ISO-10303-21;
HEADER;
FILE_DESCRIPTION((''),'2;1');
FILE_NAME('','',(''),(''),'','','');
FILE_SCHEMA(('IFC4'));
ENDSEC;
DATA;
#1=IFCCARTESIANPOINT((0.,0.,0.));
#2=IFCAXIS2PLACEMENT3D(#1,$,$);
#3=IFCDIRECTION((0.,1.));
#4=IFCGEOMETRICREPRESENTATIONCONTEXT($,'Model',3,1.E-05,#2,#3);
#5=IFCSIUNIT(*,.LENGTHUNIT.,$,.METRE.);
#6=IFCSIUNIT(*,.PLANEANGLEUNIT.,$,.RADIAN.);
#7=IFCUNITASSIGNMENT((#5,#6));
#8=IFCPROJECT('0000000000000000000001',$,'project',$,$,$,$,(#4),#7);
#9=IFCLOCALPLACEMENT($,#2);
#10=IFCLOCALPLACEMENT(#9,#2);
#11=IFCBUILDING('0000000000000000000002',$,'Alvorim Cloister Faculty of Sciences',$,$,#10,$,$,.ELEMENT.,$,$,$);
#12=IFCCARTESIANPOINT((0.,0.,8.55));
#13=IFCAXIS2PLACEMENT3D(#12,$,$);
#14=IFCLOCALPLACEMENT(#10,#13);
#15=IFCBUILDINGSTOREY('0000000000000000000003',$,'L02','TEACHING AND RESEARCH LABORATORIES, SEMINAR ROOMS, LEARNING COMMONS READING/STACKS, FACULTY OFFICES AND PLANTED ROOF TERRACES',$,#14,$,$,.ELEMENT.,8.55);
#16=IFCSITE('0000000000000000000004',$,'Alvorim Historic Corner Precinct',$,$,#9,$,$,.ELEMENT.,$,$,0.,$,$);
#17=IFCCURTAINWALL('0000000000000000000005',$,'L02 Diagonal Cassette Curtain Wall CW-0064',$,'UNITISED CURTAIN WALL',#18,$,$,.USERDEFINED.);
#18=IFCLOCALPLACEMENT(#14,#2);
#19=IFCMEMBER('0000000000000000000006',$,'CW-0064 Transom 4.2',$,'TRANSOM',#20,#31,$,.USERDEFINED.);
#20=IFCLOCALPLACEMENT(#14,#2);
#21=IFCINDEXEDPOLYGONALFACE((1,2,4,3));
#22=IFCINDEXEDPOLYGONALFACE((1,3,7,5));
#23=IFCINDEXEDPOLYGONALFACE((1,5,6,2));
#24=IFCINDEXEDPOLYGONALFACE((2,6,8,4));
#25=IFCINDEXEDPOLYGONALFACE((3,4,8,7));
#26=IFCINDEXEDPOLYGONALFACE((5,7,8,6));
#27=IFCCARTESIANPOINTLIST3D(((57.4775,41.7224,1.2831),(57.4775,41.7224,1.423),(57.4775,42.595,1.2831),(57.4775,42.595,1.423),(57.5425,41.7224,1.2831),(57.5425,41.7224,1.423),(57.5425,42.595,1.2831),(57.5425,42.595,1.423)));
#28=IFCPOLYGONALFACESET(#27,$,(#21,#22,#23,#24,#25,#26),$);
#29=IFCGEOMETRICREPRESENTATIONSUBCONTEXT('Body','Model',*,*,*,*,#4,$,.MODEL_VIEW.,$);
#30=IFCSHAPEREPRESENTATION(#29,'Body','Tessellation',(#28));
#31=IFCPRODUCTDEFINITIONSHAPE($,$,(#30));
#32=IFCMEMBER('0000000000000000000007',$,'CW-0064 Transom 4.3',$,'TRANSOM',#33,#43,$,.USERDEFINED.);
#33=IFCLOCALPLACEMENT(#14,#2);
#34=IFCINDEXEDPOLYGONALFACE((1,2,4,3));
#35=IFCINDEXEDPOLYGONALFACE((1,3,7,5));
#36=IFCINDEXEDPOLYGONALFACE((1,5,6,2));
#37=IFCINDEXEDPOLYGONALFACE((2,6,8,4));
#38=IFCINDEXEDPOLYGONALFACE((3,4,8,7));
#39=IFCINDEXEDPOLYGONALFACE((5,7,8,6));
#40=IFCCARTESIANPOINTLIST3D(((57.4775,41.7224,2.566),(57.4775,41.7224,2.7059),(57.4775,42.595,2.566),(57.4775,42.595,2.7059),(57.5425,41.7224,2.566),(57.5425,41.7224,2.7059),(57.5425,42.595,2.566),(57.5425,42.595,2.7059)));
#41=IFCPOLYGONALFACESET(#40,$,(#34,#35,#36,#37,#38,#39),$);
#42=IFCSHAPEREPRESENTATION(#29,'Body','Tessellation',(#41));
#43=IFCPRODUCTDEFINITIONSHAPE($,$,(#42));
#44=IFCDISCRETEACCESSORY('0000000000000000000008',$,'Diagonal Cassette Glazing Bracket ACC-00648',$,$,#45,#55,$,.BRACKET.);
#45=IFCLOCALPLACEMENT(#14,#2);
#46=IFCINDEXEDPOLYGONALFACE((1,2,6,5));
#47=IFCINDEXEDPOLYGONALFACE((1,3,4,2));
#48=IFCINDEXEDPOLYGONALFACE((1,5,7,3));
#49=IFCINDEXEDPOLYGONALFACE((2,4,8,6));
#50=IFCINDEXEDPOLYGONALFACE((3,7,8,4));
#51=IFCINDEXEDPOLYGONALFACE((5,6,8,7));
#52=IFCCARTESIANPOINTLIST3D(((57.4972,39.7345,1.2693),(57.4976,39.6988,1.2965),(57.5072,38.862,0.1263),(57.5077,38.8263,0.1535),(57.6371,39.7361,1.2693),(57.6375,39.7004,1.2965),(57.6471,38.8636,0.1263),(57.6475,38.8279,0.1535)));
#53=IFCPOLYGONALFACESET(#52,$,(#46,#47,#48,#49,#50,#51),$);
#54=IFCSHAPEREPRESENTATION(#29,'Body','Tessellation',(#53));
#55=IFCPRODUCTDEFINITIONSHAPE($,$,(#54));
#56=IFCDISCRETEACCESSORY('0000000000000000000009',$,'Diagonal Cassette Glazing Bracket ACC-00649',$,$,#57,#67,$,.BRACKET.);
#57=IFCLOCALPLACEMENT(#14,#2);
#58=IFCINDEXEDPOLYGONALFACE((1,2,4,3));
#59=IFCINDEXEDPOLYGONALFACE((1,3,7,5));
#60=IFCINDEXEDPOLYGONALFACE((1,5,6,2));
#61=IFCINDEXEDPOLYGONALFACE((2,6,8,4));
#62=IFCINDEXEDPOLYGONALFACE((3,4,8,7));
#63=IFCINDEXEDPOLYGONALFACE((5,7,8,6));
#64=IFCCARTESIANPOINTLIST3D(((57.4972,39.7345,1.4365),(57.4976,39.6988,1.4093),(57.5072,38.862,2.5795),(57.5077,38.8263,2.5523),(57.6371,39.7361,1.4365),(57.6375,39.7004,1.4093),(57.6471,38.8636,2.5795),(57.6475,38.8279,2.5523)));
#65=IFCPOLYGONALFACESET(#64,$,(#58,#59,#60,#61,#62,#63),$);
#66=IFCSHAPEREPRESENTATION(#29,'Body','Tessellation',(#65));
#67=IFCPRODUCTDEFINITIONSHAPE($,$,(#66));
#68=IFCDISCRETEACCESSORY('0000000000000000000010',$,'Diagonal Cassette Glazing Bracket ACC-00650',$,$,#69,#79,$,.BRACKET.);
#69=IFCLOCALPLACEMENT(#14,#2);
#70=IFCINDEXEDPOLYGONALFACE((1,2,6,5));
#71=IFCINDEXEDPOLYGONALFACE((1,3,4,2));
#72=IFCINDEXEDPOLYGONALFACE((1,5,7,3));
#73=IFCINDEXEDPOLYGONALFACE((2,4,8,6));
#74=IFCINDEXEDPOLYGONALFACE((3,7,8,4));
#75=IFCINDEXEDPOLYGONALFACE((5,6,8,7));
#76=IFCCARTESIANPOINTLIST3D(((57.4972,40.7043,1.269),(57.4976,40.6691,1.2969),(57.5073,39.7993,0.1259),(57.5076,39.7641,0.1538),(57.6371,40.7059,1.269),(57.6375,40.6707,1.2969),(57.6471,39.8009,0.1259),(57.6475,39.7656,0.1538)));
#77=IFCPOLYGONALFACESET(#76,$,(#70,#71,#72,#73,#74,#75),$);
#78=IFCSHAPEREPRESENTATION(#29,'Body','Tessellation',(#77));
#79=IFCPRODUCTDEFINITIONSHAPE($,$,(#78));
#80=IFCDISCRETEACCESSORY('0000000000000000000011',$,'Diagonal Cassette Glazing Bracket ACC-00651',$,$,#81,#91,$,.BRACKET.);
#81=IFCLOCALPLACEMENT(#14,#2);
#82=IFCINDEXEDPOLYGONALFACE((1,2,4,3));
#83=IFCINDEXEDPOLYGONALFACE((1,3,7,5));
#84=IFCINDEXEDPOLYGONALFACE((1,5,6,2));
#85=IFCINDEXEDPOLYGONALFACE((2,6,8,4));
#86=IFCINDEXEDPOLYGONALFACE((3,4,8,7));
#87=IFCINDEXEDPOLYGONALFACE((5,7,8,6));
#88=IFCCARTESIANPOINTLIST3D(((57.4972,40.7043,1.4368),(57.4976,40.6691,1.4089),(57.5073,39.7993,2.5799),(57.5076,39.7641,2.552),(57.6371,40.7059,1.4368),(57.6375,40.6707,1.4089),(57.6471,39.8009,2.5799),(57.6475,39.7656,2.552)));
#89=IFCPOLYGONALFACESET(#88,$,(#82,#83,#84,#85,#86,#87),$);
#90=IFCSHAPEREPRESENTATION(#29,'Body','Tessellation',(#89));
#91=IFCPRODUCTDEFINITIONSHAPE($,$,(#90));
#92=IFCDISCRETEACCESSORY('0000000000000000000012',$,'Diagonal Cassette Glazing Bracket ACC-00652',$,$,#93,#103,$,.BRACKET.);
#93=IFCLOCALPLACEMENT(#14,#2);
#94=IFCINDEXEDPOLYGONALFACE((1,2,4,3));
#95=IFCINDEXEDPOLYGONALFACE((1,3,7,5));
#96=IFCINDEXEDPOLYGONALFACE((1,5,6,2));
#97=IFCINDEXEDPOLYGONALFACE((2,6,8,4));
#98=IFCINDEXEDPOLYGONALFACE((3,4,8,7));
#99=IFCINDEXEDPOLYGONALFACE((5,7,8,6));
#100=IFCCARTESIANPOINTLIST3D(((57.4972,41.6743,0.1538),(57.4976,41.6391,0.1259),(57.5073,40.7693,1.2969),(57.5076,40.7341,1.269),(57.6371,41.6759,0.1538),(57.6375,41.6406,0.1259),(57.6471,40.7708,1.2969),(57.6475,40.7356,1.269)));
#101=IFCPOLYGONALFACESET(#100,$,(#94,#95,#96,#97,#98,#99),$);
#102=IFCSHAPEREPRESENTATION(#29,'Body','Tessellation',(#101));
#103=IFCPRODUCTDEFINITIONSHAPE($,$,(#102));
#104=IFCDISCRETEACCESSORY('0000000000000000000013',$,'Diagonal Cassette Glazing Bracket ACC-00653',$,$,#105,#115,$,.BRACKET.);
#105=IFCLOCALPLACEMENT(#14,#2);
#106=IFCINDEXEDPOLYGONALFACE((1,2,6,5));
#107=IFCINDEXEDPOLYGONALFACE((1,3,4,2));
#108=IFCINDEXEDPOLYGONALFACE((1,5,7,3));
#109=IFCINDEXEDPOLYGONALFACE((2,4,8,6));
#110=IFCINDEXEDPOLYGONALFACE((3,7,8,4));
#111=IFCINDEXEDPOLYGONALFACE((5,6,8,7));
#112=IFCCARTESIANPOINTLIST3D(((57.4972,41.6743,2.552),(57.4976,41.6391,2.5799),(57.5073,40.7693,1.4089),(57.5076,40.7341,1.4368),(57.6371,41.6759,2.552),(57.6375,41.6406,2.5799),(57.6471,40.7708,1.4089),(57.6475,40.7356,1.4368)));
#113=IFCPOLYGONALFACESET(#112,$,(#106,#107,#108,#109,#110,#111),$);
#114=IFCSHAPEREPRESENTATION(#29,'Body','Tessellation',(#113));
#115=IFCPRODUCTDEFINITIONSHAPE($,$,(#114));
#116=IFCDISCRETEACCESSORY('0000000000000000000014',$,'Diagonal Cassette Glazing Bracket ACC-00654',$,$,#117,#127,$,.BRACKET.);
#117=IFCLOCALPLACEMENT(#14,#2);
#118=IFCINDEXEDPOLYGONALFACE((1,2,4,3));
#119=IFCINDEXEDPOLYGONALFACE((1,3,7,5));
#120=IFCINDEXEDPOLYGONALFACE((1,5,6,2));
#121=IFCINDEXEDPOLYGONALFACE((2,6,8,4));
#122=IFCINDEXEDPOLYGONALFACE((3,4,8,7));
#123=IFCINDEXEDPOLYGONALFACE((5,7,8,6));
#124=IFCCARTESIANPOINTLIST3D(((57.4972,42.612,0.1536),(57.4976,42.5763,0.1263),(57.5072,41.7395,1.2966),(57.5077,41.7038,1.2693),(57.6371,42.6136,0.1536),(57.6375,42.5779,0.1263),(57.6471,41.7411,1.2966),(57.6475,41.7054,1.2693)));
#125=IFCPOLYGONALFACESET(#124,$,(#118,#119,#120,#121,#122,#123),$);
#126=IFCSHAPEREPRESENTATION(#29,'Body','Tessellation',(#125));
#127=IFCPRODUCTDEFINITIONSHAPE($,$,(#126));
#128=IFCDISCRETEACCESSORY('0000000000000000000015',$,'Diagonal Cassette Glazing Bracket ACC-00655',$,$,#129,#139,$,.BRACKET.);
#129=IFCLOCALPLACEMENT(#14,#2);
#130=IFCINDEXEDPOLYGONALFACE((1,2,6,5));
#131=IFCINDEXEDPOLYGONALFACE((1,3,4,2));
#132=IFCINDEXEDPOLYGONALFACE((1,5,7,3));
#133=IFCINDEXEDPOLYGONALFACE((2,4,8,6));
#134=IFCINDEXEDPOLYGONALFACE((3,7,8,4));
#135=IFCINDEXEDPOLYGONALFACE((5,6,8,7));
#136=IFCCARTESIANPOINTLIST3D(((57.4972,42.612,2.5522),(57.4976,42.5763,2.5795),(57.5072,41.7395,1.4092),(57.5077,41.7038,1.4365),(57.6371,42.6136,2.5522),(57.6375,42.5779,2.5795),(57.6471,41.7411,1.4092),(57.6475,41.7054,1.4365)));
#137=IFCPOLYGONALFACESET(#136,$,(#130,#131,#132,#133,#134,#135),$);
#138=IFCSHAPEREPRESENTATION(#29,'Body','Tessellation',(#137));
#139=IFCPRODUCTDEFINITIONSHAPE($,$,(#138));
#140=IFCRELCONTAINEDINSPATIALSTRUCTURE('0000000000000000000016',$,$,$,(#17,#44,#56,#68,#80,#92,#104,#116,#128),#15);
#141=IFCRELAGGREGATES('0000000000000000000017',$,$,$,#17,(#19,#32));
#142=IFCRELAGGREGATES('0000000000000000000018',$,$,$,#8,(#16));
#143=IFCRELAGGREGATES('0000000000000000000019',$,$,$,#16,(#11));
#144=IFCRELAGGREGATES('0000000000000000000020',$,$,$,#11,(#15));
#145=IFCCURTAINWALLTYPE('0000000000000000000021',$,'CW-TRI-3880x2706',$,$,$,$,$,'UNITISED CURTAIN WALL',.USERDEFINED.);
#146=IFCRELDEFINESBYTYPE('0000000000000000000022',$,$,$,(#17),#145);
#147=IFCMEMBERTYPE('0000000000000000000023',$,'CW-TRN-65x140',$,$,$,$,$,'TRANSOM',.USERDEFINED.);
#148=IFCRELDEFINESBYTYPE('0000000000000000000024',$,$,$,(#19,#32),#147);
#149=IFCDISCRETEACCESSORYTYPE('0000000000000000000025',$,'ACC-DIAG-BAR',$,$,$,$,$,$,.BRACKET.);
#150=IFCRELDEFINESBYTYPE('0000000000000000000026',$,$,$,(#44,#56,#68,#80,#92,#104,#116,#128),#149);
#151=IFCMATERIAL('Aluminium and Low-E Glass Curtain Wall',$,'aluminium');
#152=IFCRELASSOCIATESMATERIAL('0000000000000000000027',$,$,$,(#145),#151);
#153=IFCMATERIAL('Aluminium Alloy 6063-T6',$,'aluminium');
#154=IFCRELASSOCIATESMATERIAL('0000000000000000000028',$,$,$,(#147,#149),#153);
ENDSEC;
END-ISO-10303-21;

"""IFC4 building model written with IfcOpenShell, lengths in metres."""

from ifc_helpers import new_model, si_unit, direction, frame, origin, origin_2d, place, context, subcontext, project, spatial, rectangle, extrude, material, material_profile, profile_set, type_object, element, aggregate, save


model = new_model("IFC4")

# Units and contexts
model_context = context("Model", 3, precision=1e-05, world=origin(), true_north=direction((0.0, 1.0)))
body_context = subcontext(model_context, "Body", "Model", "MODEL_VIEW")
ifc_project = project(units=[si_unit("LENGTHUNIT", "METRE"), si_unit("PLANEANGLEUNIT", "RADIAN")], contexts=[model_context])

# Site, building, storey
site_placement = place(None, origin())
site = spatial("IfcSite", under=ifc_project, at=site_placement, Name="Alvorim Historic Corner Precinct", CompositionType="ELEMENT", RefElevation=0.0)
building_placement = place(site_placement, origin())
building = spatial("IfcBuilding", under=site, at=building_placement, Name="Alvorim Cloister Faculty of Sciences", CompositionType="ELEMENT")
storey_placement = place(building_placement, frame((0.0, 0.0, 8.55)))
storey = spatial("IfcBuildingStorey", under=building, at=storey_placement, Name="L02", Description="TEACHING AND RESEARCH LABORATORIES, SEMINAR ROOMS, LEARNING COMMONS READING/STACKS, FACULTY OFFICES AND PLANTED ROOF TERRACES", CompositionType="ELEMENT", Elevation=8.55)

# Curtain wall, members
ifc_material_1 = material(Name="Aluminium and Low-E Glass Curtain Wall", Category="aluminium")
curtain_wall_type = type_object("IfcCurtainWallType", Name="CW-TRI-3880x2706", ElementType="UNITISED CURTAIN WALL", PredefinedType="USERDEFINED", material=ifc_material_1)
curtain_wall_placement = place(storey_placement, origin())
curtain_wall = element("IfcCurtainWall", 1, at=curtain_wall_placement, inside=storey, type_object=curtain_wall_type, Name="L02 Diagonal Cassette Curtain Wall CW-0064", ObjectType="UNITISED CURTAIN WALL", PredefinedType="USERDEFINED")
ifc_material_2 = material(Name="Aluminium Alloy 6063-T6", Category="aluminium")
ifc_material_profile_1 = material_profile(ifc_material_2, rectangle(XDim=0.0649, YDim=0.1399, at=origin_2d()), Name="ALU-TRN-65x140")
ifc_profile_set_1 = profile_set([ifc_material_profile_1], Name="Aluminium Alloy 6063-T6")
member_type_1 = type_object("IfcMemberType", Name="CW-TRN-65x140", ElementType="TRANSOM", PredefinedType="USERDEFINED", material=ifc_profile_set_1)
member_1_placement = place(storey_placement, frame((57.51, 41.7224, 1.353), z_axis=(0.0, 1.0, 0.0), x_axis=(-1.0, 0.0, 0.0)))
member_1 = element("IfcMember", 2, at=member_1_placement, type_object=member_type_1, Name="CW-0064 Transom 4.2", ObjectType="TRANSOM", PredefinedType="USERDEFINED", context=body_context, shape_type="SweptSolid", body=[
    extrude(rectangle(XDim=0.0649, YDim=0.1399, at=origin_2d()), origin(), (0.0, 0.0, 1.0), 0.8726),
])
member_2_placement = place(storey_placement, frame((57.51, 41.7224, 2.636), z_axis=(0.0, 1.0, 0.0), x_axis=(-1.0, 0.0, 0.0)))
member_2 = element("IfcMember", 3, at=member_2_placement, type_object=member_type_1, Name="CW-0064 Transom 4.3", ObjectType="TRANSOM", PredefinedType="USERDEFINED", context=body_context, shape_type="SweptSolid", body=[
    extrude(rectangle(XDim=0.0649, YDim=0.1399, at=origin_2d()), origin(), (0.0, 0.0, 1.0), 0.8726),
])
aggregate(curtain_wall, [member_1, member_2])

# Discrete accessories
discrete_accessory_type = type_object("IfcDiscreteAccessoryType", Name="ACC-DIAG-BAR", PredefinedType="BRACKET", material=ifc_material_2)
for number, where, z_axis, x_axis, name in (
    (4, (57.5774, 38.845, 0.1399), (-0.006961, 0.606755, 0.794859), (-0.999934, -0.011471, 0.0), "Diagonal Cassette Glazing Bracket ACC-00648"),
    (5, (57.5774, 38.845, 2.5659), (-0.006961, 0.606755, -0.794859), (-0.999934, -0.011471, 0.0), "Diagonal Cassette Glazing Bracket ACC-00649"),
):
    element("IfcDiscreteAccessory", number, at=place(storey_placement, frame(where, z_axis=z_axis, x_axis=x_axis)), inside=storey, type_object=discrete_accessory_type, Name=name, PredefinedType="BRACKET", context=body_context, shape_type="SweptSolid", body=[
        extrude(rectangle(XDim=0.1399, YDim=0.0449, at=origin_2d()), origin(), (0.0, 0.0, 1.0), 1.438),
    ])
for number, where, z_axis, x_axis, name in (
    (6, (57.5774, 39.7825, 0.1399), (-0.006865, 0.620731, 0.783993), (-0.999939, -0.011059, 0.0), "Diagonal Cassette Glazing Bracket ACC-00650"),
    (7, (57.5774, 39.7825, 2.5659), (-0.006865, 0.620731, -0.783993), (-0.999939, -0.011059, 0.0), "Diagonal Cassette Glazing Bracket ACC-00651"),
    (8, (57.5774, 40.7524, 1.283), (-0.006865, 0.620731, -0.783993), (-0.999939, -0.011059, 0.0), "Diagonal Cassette Glazing Bracket ACC-00652"),
    (9, (57.5774, 40.7524, 1.4229), (-0.006865, 0.620731, 0.783993), (-0.999939, -0.011059, 0.0), "Diagonal Cassette Glazing Bracket ACC-00653"),
):
    element("IfcDiscreteAccessory", number, at=place(storey_placement, frame(where, z_axis=z_axis, x_axis=x_axis)), inside=storey, type_object=discrete_accessory_type, Name=name, PredefinedType="BRACKET", context=body_context, shape_type="SweptSolid", body=[
        extrude(rectangle(XDim=0.1399, YDim=0.0449, at=origin_2d()), origin(), (0.0, 0.0, 1.0), 1.458),
    ])
for number, where, z_axis, x_axis, name in (
    (10, (57.5774, 41.7224, 1.283), (-0.006961, 0.606755, -0.794859), (-0.999934, -0.011471, 0.0), "Diagonal Cassette Glazing Bracket ACC-00654"),
    (11, (57.5774, 41.7224, 1.4229), (-0.006961, 0.606755, 0.794859), (-0.999934, -0.011471, 0.0), "Diagonal Cassette Glazing Bracket ACC-00655"),
):
    element("IfcDiscreteAccessory", number, at=place(storey_placement, frame(where, z_axis=z_axis, x_axis=x_axis)), inside=storey, type_object=discrete_accessory_type, Name=name, PredefinedType="BRACKET", context=body_context, shape_type="SweptSolid", body=[
        extrude(rectangle(XDim=0.1399, YDim=0.0449, at=origin_2d()), origin(), (0.0, 0.0, 1.0), 1.438),
    ])

save(model, "model.ifc")
